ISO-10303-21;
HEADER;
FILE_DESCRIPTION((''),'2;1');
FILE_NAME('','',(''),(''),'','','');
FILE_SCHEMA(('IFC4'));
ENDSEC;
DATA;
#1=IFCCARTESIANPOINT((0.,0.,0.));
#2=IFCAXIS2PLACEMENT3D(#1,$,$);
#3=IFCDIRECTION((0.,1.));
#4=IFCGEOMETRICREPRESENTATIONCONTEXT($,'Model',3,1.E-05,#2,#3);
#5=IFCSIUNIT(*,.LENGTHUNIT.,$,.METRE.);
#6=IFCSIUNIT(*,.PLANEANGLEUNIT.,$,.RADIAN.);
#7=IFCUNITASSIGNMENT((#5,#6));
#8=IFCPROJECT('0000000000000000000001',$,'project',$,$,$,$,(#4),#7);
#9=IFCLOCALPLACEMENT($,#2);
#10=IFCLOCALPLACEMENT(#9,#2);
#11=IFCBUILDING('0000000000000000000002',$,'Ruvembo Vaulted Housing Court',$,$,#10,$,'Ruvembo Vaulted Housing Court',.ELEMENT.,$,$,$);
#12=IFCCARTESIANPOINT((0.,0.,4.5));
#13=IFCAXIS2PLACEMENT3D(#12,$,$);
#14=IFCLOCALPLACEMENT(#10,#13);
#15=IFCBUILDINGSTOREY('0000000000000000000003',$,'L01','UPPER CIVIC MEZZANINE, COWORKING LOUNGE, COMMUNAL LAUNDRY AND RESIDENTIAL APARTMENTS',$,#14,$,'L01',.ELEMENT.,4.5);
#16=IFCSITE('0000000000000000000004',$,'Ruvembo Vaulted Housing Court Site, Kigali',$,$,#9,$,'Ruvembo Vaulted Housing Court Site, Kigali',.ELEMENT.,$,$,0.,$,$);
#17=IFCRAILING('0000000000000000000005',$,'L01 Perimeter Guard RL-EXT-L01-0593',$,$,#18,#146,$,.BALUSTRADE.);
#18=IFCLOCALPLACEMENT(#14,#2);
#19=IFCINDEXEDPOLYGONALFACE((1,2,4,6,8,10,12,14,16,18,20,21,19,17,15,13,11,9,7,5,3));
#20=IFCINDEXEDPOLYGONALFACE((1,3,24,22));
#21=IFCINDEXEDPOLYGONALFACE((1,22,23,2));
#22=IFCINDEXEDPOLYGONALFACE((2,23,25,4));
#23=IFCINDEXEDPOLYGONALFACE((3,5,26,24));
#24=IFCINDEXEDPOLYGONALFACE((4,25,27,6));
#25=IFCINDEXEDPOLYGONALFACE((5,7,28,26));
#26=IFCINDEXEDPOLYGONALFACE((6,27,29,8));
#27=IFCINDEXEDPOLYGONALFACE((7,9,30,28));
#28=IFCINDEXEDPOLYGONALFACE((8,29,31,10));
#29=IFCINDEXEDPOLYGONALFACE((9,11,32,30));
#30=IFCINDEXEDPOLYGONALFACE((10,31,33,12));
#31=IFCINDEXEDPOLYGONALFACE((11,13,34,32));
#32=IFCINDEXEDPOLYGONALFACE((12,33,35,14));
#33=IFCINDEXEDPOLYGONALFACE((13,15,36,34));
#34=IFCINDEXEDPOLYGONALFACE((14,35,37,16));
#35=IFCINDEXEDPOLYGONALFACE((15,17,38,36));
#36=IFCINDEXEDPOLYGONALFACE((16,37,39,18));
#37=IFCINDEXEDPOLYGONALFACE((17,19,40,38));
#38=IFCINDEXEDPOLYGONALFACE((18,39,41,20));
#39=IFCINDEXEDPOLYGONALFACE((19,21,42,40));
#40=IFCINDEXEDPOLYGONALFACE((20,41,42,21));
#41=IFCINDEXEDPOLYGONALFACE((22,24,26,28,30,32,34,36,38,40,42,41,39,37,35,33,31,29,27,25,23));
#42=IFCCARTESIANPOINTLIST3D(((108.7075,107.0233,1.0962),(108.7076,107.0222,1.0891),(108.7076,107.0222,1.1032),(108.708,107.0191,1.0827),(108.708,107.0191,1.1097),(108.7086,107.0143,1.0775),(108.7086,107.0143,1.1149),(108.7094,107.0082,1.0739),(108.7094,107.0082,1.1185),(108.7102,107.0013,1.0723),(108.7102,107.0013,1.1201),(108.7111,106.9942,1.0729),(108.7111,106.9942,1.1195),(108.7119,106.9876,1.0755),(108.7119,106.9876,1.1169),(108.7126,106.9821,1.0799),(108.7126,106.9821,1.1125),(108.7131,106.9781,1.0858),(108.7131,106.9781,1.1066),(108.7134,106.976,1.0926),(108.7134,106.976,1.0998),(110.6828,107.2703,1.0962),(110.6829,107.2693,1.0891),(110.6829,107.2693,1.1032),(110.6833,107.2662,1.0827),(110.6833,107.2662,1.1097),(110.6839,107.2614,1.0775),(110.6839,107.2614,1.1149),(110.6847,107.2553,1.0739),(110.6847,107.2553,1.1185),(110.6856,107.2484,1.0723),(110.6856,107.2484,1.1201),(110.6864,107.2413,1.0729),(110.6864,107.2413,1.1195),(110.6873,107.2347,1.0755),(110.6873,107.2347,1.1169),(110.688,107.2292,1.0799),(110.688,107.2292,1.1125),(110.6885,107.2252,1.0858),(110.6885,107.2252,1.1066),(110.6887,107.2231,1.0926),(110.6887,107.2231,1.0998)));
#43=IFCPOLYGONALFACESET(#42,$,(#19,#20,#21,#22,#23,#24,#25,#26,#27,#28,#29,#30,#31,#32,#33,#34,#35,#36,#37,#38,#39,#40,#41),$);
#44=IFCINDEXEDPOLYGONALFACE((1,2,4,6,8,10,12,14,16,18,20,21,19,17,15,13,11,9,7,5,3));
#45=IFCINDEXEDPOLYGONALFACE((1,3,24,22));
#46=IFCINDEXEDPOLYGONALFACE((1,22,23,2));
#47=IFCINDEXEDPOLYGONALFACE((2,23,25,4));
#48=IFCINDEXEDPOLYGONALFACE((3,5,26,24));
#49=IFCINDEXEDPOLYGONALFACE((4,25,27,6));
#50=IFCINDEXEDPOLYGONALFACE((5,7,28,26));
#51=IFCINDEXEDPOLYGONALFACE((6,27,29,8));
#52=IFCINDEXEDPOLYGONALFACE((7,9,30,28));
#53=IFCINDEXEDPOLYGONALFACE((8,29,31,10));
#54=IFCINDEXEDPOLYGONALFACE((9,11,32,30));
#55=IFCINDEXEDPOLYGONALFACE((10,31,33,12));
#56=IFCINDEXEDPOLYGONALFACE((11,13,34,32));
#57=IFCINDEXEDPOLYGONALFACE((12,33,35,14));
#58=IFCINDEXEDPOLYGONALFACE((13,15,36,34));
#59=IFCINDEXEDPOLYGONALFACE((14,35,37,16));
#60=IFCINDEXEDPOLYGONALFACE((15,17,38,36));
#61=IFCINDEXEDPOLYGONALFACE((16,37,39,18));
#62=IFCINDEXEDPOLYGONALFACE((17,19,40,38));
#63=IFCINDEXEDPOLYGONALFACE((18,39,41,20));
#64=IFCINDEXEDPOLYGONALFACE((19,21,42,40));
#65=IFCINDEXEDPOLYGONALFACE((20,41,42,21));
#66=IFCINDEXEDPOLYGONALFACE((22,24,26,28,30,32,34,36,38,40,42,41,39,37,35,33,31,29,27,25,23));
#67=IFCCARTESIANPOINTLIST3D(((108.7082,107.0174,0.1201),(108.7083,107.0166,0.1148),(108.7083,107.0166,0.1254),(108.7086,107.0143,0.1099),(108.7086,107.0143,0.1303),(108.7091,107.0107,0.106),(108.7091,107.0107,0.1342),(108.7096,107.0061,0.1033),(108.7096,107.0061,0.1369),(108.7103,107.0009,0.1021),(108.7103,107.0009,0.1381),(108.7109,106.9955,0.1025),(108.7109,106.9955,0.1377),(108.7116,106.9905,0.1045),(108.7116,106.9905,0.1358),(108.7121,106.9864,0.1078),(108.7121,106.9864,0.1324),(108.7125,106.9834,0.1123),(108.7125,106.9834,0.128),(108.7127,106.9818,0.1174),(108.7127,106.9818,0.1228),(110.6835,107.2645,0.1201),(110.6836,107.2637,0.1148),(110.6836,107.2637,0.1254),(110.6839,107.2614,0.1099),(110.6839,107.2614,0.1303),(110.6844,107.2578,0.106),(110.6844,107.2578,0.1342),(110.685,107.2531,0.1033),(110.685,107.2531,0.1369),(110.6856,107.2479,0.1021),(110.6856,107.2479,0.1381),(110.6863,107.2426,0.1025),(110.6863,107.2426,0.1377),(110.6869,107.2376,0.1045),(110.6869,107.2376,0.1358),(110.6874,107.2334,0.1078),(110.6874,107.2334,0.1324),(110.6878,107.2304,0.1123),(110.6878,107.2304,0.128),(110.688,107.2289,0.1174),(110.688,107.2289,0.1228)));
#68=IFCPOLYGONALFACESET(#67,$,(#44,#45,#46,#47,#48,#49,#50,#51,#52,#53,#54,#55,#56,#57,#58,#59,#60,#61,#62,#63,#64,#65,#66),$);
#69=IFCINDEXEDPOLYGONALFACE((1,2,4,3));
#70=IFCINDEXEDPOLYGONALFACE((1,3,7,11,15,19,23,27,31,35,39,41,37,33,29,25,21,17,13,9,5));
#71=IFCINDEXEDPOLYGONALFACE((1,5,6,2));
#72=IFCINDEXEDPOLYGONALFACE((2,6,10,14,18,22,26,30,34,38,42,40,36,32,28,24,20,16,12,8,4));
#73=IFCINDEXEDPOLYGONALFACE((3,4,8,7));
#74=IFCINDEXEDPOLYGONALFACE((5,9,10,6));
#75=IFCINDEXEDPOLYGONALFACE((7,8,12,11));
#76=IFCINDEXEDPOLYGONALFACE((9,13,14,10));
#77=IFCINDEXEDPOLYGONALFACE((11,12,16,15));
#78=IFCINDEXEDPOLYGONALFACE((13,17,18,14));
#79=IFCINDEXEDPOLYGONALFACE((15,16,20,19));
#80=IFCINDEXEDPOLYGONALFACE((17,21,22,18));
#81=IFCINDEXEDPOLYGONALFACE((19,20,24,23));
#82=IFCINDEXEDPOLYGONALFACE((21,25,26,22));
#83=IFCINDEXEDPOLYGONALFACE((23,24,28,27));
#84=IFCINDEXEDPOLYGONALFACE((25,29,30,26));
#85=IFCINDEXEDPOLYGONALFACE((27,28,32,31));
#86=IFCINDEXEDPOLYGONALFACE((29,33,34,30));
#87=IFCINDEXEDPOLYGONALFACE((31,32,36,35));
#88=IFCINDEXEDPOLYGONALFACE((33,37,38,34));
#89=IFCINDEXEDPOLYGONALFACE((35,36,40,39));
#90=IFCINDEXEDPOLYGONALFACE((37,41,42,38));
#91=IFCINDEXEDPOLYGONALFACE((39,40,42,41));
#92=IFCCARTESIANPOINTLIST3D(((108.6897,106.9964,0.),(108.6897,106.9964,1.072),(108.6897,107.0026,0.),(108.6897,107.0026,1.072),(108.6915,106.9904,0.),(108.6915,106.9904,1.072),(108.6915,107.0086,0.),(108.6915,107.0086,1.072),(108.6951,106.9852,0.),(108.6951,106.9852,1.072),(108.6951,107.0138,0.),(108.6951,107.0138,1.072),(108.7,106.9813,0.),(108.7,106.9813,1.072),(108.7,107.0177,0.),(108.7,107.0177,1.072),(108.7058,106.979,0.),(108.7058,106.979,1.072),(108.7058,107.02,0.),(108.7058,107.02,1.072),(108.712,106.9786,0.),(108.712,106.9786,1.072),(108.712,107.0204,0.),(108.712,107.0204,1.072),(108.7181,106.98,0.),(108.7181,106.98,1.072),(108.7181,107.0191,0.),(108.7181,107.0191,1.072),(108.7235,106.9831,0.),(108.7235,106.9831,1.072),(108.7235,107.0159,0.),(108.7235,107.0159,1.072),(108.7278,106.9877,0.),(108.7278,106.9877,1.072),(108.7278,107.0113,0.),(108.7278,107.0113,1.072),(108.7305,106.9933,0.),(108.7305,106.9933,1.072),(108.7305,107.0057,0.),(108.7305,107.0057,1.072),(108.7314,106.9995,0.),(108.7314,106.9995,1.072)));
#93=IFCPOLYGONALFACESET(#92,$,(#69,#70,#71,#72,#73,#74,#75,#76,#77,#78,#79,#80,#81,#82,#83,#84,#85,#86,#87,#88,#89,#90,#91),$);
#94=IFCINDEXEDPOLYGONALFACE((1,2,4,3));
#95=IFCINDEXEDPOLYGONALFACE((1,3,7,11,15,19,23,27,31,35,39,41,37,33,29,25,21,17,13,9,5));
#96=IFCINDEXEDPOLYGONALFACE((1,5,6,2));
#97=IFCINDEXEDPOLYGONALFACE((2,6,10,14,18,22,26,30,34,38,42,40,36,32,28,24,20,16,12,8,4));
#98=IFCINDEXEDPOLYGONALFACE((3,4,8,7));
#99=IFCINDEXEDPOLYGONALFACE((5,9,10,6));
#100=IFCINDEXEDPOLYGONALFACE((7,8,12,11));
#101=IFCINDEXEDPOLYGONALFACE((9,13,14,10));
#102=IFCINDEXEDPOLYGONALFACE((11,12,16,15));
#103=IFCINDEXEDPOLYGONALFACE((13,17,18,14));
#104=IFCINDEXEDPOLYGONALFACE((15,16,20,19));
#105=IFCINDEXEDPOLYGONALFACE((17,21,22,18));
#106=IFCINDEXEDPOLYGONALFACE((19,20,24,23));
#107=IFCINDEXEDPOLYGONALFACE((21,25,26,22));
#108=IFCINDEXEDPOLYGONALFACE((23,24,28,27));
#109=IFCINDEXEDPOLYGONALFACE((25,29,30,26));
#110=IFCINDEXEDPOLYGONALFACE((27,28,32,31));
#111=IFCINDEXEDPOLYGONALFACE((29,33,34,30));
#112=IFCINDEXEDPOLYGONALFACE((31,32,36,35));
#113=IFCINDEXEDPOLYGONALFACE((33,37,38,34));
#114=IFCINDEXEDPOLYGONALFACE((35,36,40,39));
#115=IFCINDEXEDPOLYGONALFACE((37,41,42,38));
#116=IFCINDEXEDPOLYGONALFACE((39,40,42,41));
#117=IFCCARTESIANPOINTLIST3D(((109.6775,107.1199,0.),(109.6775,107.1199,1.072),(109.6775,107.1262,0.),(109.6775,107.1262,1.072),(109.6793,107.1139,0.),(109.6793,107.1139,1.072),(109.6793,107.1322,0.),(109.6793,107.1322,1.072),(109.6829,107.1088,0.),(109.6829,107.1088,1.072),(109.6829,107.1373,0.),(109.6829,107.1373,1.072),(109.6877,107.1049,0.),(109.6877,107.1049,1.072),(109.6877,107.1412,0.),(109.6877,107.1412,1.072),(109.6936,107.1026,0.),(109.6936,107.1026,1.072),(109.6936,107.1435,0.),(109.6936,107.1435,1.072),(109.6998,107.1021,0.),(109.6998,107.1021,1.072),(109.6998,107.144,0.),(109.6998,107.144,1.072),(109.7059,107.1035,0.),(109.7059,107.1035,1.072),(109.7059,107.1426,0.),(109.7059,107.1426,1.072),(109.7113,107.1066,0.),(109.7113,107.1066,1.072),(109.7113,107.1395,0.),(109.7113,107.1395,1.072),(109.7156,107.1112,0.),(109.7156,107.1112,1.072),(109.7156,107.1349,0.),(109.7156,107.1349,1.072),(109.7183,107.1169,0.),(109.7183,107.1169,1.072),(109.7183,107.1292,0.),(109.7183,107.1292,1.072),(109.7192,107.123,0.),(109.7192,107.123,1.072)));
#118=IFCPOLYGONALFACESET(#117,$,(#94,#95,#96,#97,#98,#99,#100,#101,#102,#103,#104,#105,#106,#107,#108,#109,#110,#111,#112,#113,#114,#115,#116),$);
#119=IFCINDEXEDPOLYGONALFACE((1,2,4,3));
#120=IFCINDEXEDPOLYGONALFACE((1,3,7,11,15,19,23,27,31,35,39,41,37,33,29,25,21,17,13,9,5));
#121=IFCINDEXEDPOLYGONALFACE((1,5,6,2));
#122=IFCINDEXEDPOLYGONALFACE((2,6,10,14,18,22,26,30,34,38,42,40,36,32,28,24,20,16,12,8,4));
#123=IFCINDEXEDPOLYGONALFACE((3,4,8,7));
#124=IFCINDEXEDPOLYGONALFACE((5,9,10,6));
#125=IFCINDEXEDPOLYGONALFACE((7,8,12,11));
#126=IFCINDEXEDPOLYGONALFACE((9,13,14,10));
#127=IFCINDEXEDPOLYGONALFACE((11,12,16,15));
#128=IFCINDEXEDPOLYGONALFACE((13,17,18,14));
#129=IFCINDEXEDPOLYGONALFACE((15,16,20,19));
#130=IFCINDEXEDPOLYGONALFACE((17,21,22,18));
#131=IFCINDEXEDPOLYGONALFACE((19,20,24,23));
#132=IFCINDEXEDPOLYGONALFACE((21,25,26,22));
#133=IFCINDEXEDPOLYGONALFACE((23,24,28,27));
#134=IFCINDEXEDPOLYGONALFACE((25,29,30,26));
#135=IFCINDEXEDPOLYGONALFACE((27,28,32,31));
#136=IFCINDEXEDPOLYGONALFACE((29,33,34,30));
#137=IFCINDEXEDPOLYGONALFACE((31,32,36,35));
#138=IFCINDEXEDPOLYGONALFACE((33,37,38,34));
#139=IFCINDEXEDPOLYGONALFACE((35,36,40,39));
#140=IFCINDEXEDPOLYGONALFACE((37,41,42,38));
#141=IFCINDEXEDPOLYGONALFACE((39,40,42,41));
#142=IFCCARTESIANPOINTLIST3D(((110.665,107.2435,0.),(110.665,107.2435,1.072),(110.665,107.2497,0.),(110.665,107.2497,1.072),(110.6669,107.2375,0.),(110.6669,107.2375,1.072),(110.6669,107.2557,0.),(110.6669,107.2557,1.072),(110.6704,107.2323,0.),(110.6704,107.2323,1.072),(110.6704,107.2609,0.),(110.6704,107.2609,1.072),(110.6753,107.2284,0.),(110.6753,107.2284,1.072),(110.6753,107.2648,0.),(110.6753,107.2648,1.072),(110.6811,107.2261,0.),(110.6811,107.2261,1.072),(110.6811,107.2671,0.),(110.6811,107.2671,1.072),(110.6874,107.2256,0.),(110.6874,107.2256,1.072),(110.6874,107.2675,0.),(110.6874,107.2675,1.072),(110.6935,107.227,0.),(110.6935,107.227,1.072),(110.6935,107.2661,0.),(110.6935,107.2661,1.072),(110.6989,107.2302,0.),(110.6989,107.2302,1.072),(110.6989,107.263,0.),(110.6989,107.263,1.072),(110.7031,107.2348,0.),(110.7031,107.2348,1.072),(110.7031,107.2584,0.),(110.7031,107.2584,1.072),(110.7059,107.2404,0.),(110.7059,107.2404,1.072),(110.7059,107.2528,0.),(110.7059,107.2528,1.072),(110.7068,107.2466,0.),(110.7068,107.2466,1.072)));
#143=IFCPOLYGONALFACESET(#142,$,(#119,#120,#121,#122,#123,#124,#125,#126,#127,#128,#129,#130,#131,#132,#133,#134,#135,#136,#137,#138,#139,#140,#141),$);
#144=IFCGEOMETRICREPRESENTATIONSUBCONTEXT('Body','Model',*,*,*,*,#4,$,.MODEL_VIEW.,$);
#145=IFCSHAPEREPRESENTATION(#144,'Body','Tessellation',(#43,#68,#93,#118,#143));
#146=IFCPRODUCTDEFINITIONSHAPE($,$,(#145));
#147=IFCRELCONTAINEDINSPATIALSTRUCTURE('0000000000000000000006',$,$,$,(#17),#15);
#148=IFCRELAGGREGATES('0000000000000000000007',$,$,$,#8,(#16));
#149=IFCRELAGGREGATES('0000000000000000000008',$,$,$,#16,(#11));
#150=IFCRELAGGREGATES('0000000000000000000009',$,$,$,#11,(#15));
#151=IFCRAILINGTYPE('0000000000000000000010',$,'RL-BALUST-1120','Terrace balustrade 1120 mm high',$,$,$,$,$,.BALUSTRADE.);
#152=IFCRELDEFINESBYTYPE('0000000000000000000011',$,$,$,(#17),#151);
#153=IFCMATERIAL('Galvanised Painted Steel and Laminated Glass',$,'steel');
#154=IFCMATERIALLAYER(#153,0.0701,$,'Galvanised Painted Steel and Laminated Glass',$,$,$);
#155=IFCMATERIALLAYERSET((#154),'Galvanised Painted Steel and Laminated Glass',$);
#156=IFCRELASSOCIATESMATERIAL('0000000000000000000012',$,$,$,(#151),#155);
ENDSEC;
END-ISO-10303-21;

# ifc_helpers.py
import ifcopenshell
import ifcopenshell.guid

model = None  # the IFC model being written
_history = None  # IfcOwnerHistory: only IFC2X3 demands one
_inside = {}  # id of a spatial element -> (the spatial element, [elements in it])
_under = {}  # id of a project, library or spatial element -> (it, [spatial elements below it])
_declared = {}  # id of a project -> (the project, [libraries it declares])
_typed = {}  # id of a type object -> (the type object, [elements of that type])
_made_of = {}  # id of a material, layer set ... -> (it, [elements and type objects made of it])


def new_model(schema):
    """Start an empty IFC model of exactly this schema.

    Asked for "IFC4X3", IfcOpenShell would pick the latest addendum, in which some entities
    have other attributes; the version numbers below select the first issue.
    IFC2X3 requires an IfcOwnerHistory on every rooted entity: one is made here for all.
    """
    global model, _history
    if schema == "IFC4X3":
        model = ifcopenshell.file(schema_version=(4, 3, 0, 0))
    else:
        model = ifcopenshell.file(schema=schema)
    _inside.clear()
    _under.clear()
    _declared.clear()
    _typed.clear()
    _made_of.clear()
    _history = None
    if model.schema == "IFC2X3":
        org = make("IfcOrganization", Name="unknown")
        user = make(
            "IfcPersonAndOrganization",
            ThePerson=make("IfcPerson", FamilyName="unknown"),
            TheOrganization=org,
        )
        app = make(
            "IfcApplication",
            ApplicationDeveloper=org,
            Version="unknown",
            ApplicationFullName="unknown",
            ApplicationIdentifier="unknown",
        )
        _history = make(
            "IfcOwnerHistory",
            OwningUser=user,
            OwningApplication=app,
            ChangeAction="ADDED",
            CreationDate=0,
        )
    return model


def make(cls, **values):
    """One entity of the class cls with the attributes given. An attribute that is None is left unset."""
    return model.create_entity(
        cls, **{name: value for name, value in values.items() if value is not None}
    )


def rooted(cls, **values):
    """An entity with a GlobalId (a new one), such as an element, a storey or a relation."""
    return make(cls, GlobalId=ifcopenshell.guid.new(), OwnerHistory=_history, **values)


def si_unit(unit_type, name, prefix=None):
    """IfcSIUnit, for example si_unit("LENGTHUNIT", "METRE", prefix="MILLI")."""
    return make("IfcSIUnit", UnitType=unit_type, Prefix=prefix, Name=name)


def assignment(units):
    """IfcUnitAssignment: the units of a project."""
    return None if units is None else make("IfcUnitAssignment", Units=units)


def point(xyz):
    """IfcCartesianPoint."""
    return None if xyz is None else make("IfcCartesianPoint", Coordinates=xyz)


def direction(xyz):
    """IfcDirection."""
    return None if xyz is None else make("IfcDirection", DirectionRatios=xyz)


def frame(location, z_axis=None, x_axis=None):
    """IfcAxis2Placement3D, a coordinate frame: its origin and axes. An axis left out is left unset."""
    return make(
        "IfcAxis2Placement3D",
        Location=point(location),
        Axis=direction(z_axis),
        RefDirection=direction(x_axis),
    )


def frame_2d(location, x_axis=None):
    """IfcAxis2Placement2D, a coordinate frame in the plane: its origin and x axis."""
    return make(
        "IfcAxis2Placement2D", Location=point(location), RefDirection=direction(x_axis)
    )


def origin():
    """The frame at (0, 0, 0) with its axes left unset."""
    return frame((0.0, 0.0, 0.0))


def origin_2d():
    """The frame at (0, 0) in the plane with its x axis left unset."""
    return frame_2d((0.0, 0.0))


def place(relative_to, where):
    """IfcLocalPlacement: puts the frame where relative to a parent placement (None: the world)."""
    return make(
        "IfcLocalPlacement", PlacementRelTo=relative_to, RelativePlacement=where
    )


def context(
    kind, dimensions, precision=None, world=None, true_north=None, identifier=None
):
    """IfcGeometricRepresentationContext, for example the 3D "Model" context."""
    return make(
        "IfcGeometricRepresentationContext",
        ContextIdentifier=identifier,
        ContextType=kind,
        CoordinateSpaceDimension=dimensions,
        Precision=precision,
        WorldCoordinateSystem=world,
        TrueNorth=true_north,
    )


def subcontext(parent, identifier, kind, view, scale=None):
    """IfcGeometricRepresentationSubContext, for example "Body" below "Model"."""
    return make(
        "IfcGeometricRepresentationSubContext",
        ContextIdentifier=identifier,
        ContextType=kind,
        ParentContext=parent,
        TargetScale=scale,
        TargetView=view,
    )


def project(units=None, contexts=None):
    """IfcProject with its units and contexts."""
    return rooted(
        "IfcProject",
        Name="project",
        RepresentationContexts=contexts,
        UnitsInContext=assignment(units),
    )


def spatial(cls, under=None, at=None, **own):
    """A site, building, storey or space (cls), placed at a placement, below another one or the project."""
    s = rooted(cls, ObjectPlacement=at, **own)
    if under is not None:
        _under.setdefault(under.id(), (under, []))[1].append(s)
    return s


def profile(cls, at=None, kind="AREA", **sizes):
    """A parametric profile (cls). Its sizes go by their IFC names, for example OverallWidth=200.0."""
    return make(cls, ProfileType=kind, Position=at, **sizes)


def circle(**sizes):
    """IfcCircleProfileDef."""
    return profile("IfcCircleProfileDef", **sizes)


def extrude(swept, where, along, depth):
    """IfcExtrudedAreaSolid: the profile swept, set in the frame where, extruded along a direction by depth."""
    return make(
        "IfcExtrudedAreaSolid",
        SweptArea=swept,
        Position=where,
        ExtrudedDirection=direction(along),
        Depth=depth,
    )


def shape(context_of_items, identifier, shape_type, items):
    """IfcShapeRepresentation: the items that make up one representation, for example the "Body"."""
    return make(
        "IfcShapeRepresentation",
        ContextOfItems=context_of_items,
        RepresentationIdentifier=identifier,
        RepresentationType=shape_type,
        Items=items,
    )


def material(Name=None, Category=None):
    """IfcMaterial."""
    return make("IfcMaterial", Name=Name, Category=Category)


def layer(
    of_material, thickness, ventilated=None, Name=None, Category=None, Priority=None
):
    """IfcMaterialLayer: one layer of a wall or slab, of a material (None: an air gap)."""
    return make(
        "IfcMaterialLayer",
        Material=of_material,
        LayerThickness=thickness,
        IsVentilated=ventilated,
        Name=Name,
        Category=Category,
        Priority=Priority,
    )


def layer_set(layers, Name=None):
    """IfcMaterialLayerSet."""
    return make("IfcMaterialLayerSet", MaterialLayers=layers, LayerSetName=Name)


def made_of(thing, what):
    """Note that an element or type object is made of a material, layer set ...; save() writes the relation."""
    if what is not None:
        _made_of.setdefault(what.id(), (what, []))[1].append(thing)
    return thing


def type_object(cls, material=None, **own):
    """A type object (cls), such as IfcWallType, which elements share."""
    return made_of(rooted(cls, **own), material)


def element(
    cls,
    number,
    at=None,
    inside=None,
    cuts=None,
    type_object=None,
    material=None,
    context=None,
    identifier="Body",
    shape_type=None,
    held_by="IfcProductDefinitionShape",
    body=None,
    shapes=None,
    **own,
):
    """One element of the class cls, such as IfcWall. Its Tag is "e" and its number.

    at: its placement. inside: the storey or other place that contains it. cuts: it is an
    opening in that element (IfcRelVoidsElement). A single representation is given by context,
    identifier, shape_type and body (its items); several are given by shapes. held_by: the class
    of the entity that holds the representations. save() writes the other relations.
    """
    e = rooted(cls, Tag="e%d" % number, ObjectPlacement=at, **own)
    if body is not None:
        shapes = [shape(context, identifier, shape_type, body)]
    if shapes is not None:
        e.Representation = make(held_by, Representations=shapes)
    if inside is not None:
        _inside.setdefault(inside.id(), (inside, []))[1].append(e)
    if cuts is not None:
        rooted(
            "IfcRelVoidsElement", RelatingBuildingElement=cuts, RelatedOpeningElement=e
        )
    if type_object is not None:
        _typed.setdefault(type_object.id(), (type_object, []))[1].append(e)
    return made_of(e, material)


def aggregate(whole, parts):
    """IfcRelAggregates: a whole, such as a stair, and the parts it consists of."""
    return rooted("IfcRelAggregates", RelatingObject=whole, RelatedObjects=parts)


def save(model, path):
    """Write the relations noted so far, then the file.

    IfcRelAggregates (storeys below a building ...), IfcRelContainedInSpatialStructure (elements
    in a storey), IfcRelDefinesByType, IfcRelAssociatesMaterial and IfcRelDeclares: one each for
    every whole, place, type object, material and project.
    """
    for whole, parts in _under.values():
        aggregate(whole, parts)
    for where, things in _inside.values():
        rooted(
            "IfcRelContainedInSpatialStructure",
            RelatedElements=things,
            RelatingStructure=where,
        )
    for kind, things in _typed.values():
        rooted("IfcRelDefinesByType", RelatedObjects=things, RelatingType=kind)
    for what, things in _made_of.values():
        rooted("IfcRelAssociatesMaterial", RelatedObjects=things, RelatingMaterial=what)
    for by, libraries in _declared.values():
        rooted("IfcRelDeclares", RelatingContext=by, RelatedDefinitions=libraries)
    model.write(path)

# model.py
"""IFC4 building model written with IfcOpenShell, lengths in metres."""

from ifc_helpers import new_model, si_unit, direction, frame, origin, origin_2d, place, context, subcontext, project, spatial, circle, extrude, material, layer, layer_set, type_object, element, save


model = new_model("IFC4")

# Units and contexts
model_context = context("Model", 3, precision=1e-05, world=origin(), true_north=direction((0.0, 1.0)))
body_context = subcontext(model_context, "Body", "Model", "MODEL_VIEW")
ifc_project = project(units=[si_unit("LENGTHUNIT", "METRE"), si_unit("PLANEANGLEUNIT", "RADIAN")], contexts=[model_context])

# Site, building, storey
site_placement = place(None, origin())
site = spatial("IfcSite", under=ifc_project, at=site_placement, Name="Ruvembo Vaulted Housing Court Site, Kigali", LongName="Ruvembo Vaulted Housing Court Site, Kigali", CompositionType="ELEMENT", RefElevation=0.0)
building_placement = place(site_placement, origin())
building = spatial("IfcBuilding", under=site, at=building_placement, Name="Ruvembo Vaulted Housing Court", LongName="Ruvembo Vaulted Housing Court", CompositionType="ELEMENT")
storey_placement = place(building_placement, frame((0.0, 0.0, 4.5)))
storey = spatial("IfcBuildingStorey", under=building, at=storey_placement, Name="L01", Description="UPPER CIVIC MEZZANINE, COWORKING LOUNGE, COMMUNAL LAUNDRY AND RESIDENTIAL APARTMENTS", LongName="L01", CompositionType="ELEMENT", Elevation=4.5)

# Railing
ifc_material_1 = material(Name="Galvanised Painted Steel and Laminated Glass", Category="steel")
ifc_layer_1 = layer(ifc_material_1, 0.0701, Name="Galvanised Painted Steel and Laminated Glass")
ifc_layer_set_1 = layer_set([ifc_layer_1], Name="Galvanised Painted Steel and Laminated Glass")
railing_type = type_object("IfcRailingType", Name="RL-BALUST-1120", Description="Terrace balustrade 1120 mm high", PredefinedType="BALUSTRADE", material=ifc_layer_set_1)
railing_1_placement = place(storey_placement, frame((108.7104, 106.9995, 0.0)))
element("IfcRailing", 1, at=railing_1_placement, inside=storey, type_object=railing_type, Name="L01 Perimeter Guard RL-EXT-L01-0593", PredefinedType="BALUSTRADE", context=body_context, shape_type="SweptSolid", body=[
    extrude(circle(Radius=0.0239, at=origin_2d()), frame((0.0, 0.0, 1.0962), z_axis=(0.992268, 0.12411, 0.0), x_axis=(-0.12411, 0.992268, 0.0)), (0.0, 0.0, 1.0), 1.9907),
    extrude(circle(Radius=0.0181, at=origin_2d()), frame((0.0, 0.0, 0.1201), z_axis=(0.992268, 0.12411, 0.0), x_axis=(-0.12411, 0.992268, 0.0)), (0.0, 0.0, 1.0), 1.9907),
    extrude(circle(Radius=0.021, at=origin_2d()), origin(), (0.0, 0.0, 1.0), 1.072),
    extrude(circle(Radius=0.021, at=origin_2d()), frame((0.9878, 0.1235, 0.0)), (0.0, 0.0, 1.0), 1.072),
    extrude(circle(Radius=0.021, at=origin_2d()), frame((1.9753, 0.2471, 0.0)), (0.0, 0.0, 1.0), 1.072),
])

save(model, "model.ifc")
